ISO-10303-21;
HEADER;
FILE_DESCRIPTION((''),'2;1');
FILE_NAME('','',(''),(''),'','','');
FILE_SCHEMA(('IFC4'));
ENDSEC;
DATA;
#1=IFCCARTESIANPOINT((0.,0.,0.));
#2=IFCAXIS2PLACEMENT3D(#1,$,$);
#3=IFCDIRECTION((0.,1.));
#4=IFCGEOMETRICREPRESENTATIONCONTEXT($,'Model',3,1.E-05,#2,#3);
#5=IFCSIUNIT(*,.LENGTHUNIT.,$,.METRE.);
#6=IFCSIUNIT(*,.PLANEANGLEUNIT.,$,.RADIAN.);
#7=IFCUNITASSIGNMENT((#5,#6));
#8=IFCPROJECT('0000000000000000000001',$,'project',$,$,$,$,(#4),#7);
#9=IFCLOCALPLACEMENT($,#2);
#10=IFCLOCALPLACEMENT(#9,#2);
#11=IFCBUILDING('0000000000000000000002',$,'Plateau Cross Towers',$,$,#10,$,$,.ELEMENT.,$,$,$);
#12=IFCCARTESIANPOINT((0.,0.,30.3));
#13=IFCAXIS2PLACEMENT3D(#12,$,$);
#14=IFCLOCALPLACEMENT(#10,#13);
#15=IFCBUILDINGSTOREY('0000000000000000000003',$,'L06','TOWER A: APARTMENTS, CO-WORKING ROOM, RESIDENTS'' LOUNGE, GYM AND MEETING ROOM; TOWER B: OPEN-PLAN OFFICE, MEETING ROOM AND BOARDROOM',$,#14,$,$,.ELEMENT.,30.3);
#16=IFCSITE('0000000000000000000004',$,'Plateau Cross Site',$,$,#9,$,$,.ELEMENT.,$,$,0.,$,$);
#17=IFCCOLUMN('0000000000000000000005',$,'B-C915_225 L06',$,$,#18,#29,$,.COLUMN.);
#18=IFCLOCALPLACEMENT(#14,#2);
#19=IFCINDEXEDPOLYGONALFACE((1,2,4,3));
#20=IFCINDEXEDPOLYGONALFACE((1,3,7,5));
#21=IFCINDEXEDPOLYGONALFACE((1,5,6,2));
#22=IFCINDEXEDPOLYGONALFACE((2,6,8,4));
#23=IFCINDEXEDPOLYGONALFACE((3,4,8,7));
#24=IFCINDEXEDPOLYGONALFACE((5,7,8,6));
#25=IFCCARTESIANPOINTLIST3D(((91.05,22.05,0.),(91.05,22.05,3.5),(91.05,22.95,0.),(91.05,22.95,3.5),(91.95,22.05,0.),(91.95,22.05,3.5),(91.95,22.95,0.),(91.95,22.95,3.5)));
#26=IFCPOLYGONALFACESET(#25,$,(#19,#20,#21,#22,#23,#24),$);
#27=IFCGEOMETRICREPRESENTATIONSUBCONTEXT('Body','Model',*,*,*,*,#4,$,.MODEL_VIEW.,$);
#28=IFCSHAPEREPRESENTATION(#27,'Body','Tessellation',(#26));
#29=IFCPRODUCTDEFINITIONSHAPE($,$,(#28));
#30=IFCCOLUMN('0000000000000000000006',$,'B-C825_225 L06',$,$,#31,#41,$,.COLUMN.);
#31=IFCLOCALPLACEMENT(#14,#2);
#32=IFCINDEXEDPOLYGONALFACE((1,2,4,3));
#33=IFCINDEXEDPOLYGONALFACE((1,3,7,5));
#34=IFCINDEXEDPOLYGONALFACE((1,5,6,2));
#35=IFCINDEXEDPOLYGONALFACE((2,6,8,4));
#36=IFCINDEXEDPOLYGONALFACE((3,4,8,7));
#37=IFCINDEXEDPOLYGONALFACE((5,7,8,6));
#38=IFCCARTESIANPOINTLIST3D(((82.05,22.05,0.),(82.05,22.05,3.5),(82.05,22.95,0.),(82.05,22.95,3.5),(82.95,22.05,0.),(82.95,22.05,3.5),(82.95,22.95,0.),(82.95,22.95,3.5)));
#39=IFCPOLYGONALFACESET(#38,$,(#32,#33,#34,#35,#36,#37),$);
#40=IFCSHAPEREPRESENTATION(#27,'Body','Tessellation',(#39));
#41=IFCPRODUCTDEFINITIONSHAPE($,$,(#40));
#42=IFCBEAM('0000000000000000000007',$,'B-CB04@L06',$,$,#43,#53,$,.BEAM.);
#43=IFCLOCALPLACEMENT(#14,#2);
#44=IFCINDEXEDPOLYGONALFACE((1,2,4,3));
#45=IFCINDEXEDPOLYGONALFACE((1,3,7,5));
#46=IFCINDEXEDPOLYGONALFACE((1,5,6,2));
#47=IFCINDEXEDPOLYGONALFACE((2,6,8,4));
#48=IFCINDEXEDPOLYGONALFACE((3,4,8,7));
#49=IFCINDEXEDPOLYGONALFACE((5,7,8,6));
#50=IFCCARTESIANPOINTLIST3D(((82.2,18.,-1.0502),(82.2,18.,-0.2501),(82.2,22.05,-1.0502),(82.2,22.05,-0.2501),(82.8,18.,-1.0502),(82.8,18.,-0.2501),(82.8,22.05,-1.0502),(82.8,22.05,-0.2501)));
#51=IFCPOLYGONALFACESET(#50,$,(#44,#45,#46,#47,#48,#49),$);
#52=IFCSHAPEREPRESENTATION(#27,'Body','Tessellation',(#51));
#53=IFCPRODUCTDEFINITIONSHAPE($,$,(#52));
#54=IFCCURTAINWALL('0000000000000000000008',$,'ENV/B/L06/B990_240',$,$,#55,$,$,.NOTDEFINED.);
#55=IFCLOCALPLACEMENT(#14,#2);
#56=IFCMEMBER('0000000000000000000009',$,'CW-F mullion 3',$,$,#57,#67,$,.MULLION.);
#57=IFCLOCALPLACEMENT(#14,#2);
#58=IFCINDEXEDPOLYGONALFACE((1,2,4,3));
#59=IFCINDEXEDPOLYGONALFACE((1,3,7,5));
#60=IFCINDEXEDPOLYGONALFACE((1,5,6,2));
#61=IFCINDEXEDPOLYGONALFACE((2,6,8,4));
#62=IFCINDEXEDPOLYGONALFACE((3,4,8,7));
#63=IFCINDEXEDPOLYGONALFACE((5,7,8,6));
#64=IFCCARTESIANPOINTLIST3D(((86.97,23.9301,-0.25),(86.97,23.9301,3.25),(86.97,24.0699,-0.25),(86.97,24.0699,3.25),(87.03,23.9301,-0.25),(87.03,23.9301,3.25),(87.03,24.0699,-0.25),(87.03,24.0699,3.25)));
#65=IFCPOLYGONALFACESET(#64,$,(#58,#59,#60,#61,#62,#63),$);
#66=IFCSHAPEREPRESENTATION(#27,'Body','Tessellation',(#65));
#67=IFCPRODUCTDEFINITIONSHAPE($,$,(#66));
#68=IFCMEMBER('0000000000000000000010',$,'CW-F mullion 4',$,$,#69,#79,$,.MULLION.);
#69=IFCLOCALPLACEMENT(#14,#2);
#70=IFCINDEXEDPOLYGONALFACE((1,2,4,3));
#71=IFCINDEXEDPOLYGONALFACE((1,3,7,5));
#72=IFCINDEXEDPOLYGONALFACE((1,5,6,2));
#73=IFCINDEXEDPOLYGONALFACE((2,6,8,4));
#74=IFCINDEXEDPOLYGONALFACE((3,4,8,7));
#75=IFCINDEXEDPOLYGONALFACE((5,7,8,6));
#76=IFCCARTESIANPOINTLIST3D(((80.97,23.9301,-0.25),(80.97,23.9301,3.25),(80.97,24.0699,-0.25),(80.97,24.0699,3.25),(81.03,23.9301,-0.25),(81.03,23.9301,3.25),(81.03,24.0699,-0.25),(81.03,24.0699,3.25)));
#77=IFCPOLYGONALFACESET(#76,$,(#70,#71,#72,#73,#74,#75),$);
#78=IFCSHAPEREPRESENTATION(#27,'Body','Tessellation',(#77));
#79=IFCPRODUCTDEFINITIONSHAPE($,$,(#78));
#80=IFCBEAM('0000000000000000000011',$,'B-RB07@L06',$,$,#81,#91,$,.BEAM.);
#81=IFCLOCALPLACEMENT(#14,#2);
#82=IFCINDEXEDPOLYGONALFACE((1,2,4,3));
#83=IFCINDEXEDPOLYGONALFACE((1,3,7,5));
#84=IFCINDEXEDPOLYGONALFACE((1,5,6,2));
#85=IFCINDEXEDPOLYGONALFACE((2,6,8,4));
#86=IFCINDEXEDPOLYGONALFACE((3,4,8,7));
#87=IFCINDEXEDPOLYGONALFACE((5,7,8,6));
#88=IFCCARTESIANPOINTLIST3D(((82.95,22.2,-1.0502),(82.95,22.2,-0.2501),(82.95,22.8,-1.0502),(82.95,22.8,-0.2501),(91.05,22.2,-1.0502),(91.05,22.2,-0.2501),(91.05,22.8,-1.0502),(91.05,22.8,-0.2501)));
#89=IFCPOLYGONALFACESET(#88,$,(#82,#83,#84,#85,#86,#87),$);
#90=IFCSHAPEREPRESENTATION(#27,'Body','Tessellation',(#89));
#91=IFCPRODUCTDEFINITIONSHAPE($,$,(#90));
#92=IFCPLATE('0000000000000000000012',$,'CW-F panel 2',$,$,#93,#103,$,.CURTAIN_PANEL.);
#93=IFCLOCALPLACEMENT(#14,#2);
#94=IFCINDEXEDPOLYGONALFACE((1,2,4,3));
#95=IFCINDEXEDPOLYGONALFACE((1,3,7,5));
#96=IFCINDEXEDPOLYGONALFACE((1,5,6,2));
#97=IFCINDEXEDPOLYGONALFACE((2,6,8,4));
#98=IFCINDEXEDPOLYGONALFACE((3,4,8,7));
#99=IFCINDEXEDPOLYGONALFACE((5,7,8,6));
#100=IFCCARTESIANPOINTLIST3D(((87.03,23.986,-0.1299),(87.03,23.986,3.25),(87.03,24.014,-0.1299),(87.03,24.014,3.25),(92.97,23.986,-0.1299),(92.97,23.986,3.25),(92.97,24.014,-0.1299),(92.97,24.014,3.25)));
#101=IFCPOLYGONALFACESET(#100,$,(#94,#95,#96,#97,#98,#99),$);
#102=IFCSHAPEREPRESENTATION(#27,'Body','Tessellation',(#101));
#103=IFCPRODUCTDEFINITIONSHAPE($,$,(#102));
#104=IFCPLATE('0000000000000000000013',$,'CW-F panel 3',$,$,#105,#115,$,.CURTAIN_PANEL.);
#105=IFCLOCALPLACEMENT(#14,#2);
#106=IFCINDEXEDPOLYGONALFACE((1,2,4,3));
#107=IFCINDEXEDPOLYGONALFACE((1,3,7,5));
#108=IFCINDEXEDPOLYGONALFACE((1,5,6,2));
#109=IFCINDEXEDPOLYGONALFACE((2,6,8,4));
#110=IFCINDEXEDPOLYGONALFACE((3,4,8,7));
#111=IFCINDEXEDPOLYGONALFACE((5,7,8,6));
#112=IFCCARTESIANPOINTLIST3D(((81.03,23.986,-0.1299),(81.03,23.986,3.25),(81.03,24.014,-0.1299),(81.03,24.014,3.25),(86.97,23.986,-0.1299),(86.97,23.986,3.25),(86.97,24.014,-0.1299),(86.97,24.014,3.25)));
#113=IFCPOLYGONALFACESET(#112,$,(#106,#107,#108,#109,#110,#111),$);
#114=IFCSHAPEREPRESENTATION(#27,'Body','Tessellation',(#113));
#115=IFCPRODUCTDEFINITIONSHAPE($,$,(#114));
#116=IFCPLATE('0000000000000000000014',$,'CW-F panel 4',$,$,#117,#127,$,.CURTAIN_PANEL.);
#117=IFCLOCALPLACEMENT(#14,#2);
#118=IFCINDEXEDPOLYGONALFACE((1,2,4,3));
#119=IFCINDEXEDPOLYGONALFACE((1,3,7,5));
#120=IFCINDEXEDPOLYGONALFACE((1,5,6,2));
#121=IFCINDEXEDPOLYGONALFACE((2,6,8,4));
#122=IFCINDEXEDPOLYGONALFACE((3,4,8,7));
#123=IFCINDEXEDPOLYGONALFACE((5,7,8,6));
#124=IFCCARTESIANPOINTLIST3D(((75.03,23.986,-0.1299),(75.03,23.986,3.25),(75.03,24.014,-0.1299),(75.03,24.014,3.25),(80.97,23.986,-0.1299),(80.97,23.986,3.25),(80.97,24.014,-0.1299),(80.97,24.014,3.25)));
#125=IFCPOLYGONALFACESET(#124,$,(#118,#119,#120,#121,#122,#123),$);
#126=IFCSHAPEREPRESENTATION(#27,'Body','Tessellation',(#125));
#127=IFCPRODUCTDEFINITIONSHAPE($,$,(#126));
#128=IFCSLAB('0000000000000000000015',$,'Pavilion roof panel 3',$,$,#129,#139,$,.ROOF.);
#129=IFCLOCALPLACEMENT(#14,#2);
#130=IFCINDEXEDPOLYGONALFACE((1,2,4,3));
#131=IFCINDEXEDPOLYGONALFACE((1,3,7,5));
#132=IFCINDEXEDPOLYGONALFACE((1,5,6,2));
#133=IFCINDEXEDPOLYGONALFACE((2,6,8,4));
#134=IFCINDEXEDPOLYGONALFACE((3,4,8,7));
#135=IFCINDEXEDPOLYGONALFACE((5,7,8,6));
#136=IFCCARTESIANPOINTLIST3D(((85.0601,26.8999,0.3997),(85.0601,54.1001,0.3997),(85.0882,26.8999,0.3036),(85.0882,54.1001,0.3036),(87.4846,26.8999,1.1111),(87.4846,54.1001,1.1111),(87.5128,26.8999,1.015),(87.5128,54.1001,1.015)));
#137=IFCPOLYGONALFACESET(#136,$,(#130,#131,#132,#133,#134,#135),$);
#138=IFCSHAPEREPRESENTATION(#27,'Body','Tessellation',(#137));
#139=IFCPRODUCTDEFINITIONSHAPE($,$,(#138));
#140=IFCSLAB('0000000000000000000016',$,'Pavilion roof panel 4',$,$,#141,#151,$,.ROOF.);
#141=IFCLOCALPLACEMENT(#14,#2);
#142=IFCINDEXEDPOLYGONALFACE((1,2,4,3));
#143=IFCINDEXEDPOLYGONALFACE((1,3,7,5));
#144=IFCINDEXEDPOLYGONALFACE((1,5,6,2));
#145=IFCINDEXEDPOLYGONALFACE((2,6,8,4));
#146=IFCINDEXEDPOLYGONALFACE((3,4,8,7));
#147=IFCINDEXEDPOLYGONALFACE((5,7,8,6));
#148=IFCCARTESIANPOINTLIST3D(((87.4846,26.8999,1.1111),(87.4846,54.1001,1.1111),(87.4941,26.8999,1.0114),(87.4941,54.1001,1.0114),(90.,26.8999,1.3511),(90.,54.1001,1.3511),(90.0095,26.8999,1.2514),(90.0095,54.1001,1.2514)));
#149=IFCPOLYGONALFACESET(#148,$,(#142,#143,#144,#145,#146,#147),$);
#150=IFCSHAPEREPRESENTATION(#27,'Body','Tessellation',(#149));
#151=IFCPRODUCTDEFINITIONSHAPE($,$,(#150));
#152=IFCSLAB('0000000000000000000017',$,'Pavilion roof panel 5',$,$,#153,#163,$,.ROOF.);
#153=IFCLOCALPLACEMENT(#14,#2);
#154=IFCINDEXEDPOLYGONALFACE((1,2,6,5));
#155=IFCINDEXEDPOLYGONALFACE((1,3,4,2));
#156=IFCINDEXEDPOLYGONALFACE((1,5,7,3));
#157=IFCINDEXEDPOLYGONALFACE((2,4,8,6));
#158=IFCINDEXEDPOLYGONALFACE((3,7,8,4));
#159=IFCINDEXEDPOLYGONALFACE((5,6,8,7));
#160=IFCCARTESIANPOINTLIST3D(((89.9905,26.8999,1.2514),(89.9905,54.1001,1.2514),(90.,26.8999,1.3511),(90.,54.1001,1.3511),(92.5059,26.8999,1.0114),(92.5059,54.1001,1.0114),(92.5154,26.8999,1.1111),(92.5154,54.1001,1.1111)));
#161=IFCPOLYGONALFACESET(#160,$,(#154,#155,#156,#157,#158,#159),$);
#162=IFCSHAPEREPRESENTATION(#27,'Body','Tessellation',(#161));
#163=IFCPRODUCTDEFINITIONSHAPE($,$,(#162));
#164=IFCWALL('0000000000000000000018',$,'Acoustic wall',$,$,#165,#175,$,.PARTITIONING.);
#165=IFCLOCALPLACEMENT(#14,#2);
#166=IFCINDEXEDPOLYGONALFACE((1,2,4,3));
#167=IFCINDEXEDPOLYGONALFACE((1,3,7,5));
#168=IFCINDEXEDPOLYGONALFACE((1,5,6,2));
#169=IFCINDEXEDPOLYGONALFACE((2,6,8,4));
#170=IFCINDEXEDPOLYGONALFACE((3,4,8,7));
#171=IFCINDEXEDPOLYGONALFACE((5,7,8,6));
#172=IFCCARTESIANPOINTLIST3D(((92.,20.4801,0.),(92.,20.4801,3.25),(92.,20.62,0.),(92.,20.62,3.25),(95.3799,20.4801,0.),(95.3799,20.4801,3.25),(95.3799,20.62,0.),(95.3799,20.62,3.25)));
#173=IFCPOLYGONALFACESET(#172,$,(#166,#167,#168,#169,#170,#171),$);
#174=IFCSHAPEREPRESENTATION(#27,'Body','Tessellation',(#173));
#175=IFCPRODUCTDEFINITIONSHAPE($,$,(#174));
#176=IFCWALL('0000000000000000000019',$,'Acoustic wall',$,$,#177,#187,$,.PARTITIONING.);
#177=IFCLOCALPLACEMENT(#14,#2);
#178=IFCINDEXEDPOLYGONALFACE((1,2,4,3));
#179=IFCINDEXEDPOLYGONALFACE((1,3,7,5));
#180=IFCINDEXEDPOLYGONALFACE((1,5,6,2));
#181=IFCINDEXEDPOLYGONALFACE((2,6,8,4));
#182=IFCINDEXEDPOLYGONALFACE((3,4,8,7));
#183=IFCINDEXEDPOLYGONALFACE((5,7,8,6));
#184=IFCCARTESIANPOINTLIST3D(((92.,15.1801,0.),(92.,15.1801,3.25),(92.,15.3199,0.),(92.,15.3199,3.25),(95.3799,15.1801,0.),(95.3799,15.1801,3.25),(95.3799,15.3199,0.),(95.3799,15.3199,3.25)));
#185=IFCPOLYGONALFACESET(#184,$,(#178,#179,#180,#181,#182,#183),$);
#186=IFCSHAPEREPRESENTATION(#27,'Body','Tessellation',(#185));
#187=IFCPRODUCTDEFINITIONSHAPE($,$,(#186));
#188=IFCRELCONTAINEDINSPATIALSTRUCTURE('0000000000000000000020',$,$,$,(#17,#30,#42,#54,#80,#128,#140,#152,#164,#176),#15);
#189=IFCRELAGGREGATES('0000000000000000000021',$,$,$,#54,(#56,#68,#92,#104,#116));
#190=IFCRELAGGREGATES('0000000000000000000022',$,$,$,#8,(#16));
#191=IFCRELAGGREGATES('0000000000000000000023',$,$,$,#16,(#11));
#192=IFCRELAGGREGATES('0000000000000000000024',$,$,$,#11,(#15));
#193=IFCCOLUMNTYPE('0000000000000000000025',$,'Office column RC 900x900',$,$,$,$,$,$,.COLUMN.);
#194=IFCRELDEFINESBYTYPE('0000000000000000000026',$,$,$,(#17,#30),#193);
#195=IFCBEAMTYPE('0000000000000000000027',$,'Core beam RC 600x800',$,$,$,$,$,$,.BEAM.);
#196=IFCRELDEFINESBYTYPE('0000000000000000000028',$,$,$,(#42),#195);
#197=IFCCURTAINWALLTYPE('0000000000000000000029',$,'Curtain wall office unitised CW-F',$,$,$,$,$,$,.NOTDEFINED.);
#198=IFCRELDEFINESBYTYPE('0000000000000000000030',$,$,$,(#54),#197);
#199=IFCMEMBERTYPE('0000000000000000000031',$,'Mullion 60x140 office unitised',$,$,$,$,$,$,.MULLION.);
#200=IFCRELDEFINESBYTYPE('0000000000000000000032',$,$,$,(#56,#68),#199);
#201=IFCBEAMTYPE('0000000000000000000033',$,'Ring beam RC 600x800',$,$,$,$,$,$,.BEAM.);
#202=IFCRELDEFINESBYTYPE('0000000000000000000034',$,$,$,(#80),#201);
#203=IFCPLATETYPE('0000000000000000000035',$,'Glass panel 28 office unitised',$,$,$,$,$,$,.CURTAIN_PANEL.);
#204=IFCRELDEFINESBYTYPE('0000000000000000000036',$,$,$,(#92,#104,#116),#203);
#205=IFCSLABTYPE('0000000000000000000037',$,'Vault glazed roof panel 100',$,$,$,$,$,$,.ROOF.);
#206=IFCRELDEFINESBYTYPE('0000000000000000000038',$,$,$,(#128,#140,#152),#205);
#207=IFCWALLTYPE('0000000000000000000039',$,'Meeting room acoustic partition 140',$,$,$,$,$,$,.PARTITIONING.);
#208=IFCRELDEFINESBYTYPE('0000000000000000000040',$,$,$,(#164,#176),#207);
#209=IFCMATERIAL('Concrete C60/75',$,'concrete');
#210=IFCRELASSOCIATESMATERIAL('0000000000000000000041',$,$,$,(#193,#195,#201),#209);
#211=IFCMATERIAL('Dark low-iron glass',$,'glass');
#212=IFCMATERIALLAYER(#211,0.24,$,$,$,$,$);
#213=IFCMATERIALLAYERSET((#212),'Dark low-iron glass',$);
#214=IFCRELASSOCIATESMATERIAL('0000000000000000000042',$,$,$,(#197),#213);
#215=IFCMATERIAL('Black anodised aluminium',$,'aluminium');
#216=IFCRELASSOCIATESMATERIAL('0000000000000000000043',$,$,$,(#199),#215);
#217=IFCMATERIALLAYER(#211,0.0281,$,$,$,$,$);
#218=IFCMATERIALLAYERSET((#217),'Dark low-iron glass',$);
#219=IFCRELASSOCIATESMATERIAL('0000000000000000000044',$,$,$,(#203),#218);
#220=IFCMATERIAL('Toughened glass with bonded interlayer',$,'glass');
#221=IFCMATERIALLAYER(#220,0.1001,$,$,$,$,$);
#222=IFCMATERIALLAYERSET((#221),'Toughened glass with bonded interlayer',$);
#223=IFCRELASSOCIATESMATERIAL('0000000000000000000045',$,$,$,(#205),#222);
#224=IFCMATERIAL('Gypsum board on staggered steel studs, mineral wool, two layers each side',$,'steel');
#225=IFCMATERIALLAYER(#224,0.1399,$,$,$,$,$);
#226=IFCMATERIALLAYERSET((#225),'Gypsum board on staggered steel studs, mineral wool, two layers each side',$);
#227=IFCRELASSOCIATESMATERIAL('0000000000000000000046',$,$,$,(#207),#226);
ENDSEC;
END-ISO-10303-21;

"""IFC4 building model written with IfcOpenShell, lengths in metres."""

from ifc_helpers import new_model, si_unit, direction, frame, frame_2d, origin, origin_2d, place, context, subcontext, project, spatial, polyline, rectangle, outline, extrude, material, layer, layer_set, material_profile, profile_set, type_object, element, aggregate, save


model = new_model("IFC4")

# Units and contexts
model_context = context("Model", 3, precision=1e-05, world=origin(), true_north=direction((0.0, 1.0)))
body_context = subcontext(model_context, "Body", "Model", "MODEL_VIEW")
ifc_project = project(units=[si_unit("LENGTHUNIT", "METRE"), si_unit("PLANEANGLEUNIT", "RADIAN")], contexts=[model_context])

# Site, building, storey
site_placement = place(None, origin())
site = spatial("IfcSite", under=ifc_project, at=site_placement, Name="Plateau Cross Site", CompositionType="ELEMENT", RefElevation=0.0)
building_placement = place(site_placement, origin())
building = spatial("IfcBuilding", under=site, at=building_placement, Name="Plateau Cross Towers", CompositionType="ELEMENT")
storey_placement = place(building_placement, frame((0.0, 0.0, 30.3)))
storey = spatial("IfcBuildingStorey", under=building, at=storey_placement, Name="L06", Description="TOWER A: APARTMENTS, CO-WORKING ROOM, RESIDENTS' LOUNGE, GYM AND MEETING ROOM; TOWER B: OPEN-PLAN OFFICE, MEETING ROOM AND BOARDROOM", CompositionType="ELEMENT", Elevation=30.3)

# Columns
ifc_material_1 = material(Name="Concrete C60/75", Category="concrete")
ifc_material_profile_1 = material_profile(ifc_material_1, rectangle(XDim=0.8999, YDim=0.8999, at=origin_2d()), Name="RC 900x900")
ifc_profile_set_1 = profile_set([ifc_material_profile_1], Name="Concrete C60/75")
column_type = type_object("IfcColumnType", Name="Office column RC 900x900", PredefinedType="COLUMN", material=ifc_profile_set_1)
for number, where, z_axis, x_axis, name in (
    (1, (91.5, 22.5, 0.0), (0.0, 0.0, 1.0), (1.0, 0.0, 0.0), "B-C915_225 L06"),
    (2, (82.5, 22.5, 0.0), (0.0, 0.0, 1.0), (1.0, 0.0, 0.0), "B-C825_225 L06"),
):
    element("IfcColumn", number, at=place(storey_placement, frame(where, z_axis=z_axis, x_axis=x_axis)), inside=storey, type_object=column_type, Name=name, PredefinedType="COLUMN", context=body_context, shape_type="SweptSolid", body=[
        extrude(rectangle(XDim=0.8999, YDim=0.8999, at=origin_2d()), origin(), (0.0, 0.0, 1.0), 3.5),
    ])

# Beam
ifc_material_profile_2 = material_profile(ifc_material_1, rectangle(XDim=0.6001, YDim=0.8, at=origin_2d()), Name="RC 600x800")
ifc_profile_set_2 = profile_set([ifc_material_profile_2], Name="Concrete C60/75")
beam_type_1 = type_object("IfcBeamType", Name="Core beam RC 600x800", PredefinedType="BEAM", material=ifc_profile_set_2)
beam_1_placement = place(storey_placement, frame((82.5, 18.0, -0.6501), z_axis=(0.0, 1.0, 0.0), x_axis=(-1.0, 0.0, 0.0)))
element("IfcBeam", 3, at=beam_1_placement, inside=storey, type_object=beam_type_1, Name="B-CB04@L06", PredefinedType="BEAM", context=body_context, shape_type="SweptSolid", body=[
    extrude(rectangle(XDim=0.6001, YDim=0.8, at=origin_2d()), origin(), (0.0, 0.0, 1.0), 4.05),
])

# Curtain wall, members
ifc_material_2 = material(Name="Dark low-iron glass", Category="glass")
ifc_layer_1 = layer(ifc_material_2, 0.24)
ifc_layer_set_1 = layer_set([ifc_layer_1], Name="Dark low-iron glass")
curtain_wall_type = type_object("IfcCurtainWallType", Name="Curtain wall office unitised CW-F", PredefinedType="NOTDEFINED", material=ifc_layer_set_1)
curtain_wall_placement = place(storey_placement, origin())
curtain_wall = element("IfcCurtainWall", 4, at=curtain_wall_placement, inside=storey, type_object=curtain_wall_type, Name="ENV/B/L06/B990_240", PredefinedType="NOTDEFINED")
ifc_material_3 = material(Name="Black anodised aluminium", Category="aluminium")
ifc_material_profile_3 = material_profile(ifc_material_3, rectangle(XDim=0.0601, YDim=0.1399, at=origin_2d()), Name="MULLION 60x140")
ifc_profile_set_3 = profile_set([ifc_material_profile_3], Name="Black anodised aluminium")
member_type = type_object("IfcMemberType", Name="Mullion 60x140 office unitised", PredefinedType="MULLION", material=ifc_profile_set_3)
member_1_placement = place(storey_placement, frame((87.0, 24.0, -0.25), z_axis=(0.0, 0.0, 1.0), x_axis=(-1.0, 0.0, 0.0)))
member_1 = element("IfcMember", 5, at=member_1_placement, type_object=member_type, Name="CW-F mullion 3", PredefinedType="MULLION", context=body_context, shape_type="SweptSolid", body=[
    extrude(rectangle(XDim=0.0601, YDim=0.1399, at=origin_2d()), origin(), (0.0, 0.0, 1.0), 3.5),
])
member_2_placement = place(storey_placement, frame((81.0, 24.0, -0.25), z_axis=(0.0, 0.0, 1.0), x_axis=(-1.0, 0.0, 0.0)))
member_2 = element("IfcMember", 6, at=member_2_placement, type_object=member_type, Name="CW-F mullion 4", PredefinedType="MULLION", context=body_context, shape_type="SweptSolid", body=[
    extrude(rectangle(XDim=0.0601, YDim=0.1399, at=origin_2d()), origin(), (0.0, 0.0, 1.0), 3.5),
])

# Beam
ifc_material_profile_4 = material_profile(ifc_material_1, rectangle(XDim=0.6001, YDim=0.8, at=origin_2d()), Name="RC 600x800")
ifc_profile_set_4 = profile_set([ifc_material_profile_4], Name="Concrete C60/75")
beam_type_2 = type_object("IfcBeamType", Name="Ring beam RC 600x800", PredefinedType="BEAM", material=ifc_profile_set_4)
beam_2_placement = place(storey_placement, frame((91.05, 22.5, -0.6501), z_axis=(-1.0, 0.0, 0.0), x_axis=(0.0, -1.0, 0.0)))
element("IfcBeam", 7, at=beam_2_placement, inside=storey, type_object=beam_type_2, Name="B-RB07@L06", PredefinedType="BEAM", context=body_context, shape_type="SweptSolid", body=[
    extrude(rectangle(XDim=0.6001, YDim=0.8, at=origin_2d()), origin(), (0.0, 0.0, 1.0), 8.1001),
])

# Plates
ifc_layer_2 = layer(ifc_material_2, 0.0281)
ifc_layer_set_2 = layer_set([ifc_layer_2], Name="Dark low-iron glass")
plate_type = type_object("IfcPlateType", Name="Glass panel 28 office unitised", PredefinedType="CURTAIN_PANEL", material=ifc_layer_set_2)
plate_1_placement = place(storey_placement, frame((90.0, 24.0, -0.1299), z_axis=(0.0, 0.0, 1.0), x_axis=(-1.0, 0.0, 0.0)))
plate_1 = element("IfcPlate", 8, at=plate_1_placement, type_object=plate_type, Name="CW-F panel 2", PredefinedType="CURTAIN_PANEL", context=body_context, shape_type="SweptSolid", body=[
    extrude(rectangle(XDim=5.9399, YDim=0.0281, at=origin_2d()), origin(), (0.0, 0.0, 1.0), 3.3799),
])
plate_2_placement = place(storey_placement, frame((84.0, 24.0, -0.1299), z_axis=(0.0, 0.0, 1.0), x_axis=(-1.0, 0.0, 0.0)))
plate_2 = element("IfcPlate", 9, at=plate_2_placement, type_object=plate_type, Name="CW-F panel 3", PredefinedType="CURTAIN_PANEL", context=body_context, shape_type="SweptSolid", body=[
    extrude(rectangle(XDim=5.9399, YDim=0.0281, at=origin_2d()), origin(), (0.0, 0.0, 1.0), 3.3799),
])
plate_3_placement = place(storey_placement, frame((78.0, 24.0, -0.1299), z_axis=(0.0, 0.0, 1.0), x_axis=(-1.0, 0.0, 0.0)))
plate_3 = element("IfcPlate", 10, at=plate_3_placement, type_object=plate_type, Name="CW-F panel 4", PredefinedType="CURTAIN_PANEL", context=body_context, shape_type="SweptSolid", body=[
    extrude(rectangle(XDim=5.9399, YDim=0.0281, at=origin_2d()), origin(), (0.0, 0.0, 1.0), 3.3799),
])
aggregate(curtain_wall, [member_1, member_2, plate_1, plate_2, plate_3])

# Slabs
ifc_material_4 = material(Name="Toughened glass with bonded interlayer", Category="glass")
ifc_layer_3 = layer(ifc_material_4, 0.1001)
ifc_layer_set_3 = layer_set([ifc_layer_3], Name="Toughened glass with bonded interlayer")
slab_type = type_object("IfcSlabType", Name="Vault glazed roof panel 100", PredefinedType="ROOF", material=ifc_layer_set_3)
slab_placement = place(storey_placement, frame((85.0601, 26.8999, 0.3997), z_axis=(-0.281554, 0.0, 0.959545), x_axis=(0.959545, 0.0, 0.281554)))
element("IfcSlab", 11, at=slab_placement, inside=storey, type_object=slab_type, Name="Pavilion roof panel 3", PredefinedType="ROOF", context=body_context, shape_type="SweptSolid", body=[
    extrude(outline(polyline([(0.0, 0.0), (2.5268, 0.0), (2.5268, 27.2002), (0.0, 27.2002), (0.0, 0.0)])), origin(), (0.0, 0.0, -1.0), 0.1001),
])
for number, where, z_axis, x_axis, name in (
    (12, (87.4846, 26.8999, 1.1111), (-0.094978, 0.0, 0.995479), (0.995479, 0.0, 0.094978), "Pavilion roof panel 4"),
    (13, (90.0, 26.8999, 1.3511), (0.094978, 0.0, 0.995479), (0.995479, 0.0, -0.094978), "Pavilion roof panel 5"),
):
    element("IfcSlab", number, at=place(storey_placement, frame(where, z_axis=z_axis, x_axis=x_axis)), inside=storey, type_object=slab_type, Name=name, PredefinedType="ROOF", context=body_context, shape_type="SweptSolid", body=[
        extrude(outline(polyline([(0.0, 0.0), (2.5268, 0.0), (2.5268, 27.2002), (0.0, 27.2002), (0.0, 0.0)])), origin(), (0.0, 0.0, -1.0), 0.1001),
    ])

# Walls
ifc_material_5 = material(Name="Gypsum board on staggered steel studs, mineral wool, two layers each side", Category="steel")
ifc_layer_4 = layer(ifc_material_5, 0.1399)
ifc_layer_set_4 = layer_set([ifc_layer_4], Name="Gypsum board on staggered steel studs, mineral wool, two layers each side")
wall_type_1 = type_object("IfcWallType", Name="Meeting room acoustic partition 140", PredefinedType="PARTITIONING", material=ifc_layer_set_4)
for number, where, z_axis, x_axis, name in (
    (14, (92.0, 20.55, 0.0), (0.0, 0.0, 1.0), (1.0, 0.0, 0.0), "Acoustic wall"),
    (15, (92.0, 15.25, 0.0), (0.0, 0.0, 1.0), (1.0, 0.0, 0.0), "Acoustic wall"),
):
    element("IfcWall", number, at=place(storey_placement, frame(where, z_axis=z_axis, x_axis=x_axis)), inside=storey, type_object=wall_type_1, Name=name, PredefinedType="PARTITIONING", context=body_context, shape_type="SweptSolid", body=[
        extrude(rectangle(XDim=3.3799, YDim=0.1399, at=frame_2d((1.6899, 0.0))), origin(), (0.0, 0.0, 1.0), 3.25),
    ])

save(model, "model.ifc")
